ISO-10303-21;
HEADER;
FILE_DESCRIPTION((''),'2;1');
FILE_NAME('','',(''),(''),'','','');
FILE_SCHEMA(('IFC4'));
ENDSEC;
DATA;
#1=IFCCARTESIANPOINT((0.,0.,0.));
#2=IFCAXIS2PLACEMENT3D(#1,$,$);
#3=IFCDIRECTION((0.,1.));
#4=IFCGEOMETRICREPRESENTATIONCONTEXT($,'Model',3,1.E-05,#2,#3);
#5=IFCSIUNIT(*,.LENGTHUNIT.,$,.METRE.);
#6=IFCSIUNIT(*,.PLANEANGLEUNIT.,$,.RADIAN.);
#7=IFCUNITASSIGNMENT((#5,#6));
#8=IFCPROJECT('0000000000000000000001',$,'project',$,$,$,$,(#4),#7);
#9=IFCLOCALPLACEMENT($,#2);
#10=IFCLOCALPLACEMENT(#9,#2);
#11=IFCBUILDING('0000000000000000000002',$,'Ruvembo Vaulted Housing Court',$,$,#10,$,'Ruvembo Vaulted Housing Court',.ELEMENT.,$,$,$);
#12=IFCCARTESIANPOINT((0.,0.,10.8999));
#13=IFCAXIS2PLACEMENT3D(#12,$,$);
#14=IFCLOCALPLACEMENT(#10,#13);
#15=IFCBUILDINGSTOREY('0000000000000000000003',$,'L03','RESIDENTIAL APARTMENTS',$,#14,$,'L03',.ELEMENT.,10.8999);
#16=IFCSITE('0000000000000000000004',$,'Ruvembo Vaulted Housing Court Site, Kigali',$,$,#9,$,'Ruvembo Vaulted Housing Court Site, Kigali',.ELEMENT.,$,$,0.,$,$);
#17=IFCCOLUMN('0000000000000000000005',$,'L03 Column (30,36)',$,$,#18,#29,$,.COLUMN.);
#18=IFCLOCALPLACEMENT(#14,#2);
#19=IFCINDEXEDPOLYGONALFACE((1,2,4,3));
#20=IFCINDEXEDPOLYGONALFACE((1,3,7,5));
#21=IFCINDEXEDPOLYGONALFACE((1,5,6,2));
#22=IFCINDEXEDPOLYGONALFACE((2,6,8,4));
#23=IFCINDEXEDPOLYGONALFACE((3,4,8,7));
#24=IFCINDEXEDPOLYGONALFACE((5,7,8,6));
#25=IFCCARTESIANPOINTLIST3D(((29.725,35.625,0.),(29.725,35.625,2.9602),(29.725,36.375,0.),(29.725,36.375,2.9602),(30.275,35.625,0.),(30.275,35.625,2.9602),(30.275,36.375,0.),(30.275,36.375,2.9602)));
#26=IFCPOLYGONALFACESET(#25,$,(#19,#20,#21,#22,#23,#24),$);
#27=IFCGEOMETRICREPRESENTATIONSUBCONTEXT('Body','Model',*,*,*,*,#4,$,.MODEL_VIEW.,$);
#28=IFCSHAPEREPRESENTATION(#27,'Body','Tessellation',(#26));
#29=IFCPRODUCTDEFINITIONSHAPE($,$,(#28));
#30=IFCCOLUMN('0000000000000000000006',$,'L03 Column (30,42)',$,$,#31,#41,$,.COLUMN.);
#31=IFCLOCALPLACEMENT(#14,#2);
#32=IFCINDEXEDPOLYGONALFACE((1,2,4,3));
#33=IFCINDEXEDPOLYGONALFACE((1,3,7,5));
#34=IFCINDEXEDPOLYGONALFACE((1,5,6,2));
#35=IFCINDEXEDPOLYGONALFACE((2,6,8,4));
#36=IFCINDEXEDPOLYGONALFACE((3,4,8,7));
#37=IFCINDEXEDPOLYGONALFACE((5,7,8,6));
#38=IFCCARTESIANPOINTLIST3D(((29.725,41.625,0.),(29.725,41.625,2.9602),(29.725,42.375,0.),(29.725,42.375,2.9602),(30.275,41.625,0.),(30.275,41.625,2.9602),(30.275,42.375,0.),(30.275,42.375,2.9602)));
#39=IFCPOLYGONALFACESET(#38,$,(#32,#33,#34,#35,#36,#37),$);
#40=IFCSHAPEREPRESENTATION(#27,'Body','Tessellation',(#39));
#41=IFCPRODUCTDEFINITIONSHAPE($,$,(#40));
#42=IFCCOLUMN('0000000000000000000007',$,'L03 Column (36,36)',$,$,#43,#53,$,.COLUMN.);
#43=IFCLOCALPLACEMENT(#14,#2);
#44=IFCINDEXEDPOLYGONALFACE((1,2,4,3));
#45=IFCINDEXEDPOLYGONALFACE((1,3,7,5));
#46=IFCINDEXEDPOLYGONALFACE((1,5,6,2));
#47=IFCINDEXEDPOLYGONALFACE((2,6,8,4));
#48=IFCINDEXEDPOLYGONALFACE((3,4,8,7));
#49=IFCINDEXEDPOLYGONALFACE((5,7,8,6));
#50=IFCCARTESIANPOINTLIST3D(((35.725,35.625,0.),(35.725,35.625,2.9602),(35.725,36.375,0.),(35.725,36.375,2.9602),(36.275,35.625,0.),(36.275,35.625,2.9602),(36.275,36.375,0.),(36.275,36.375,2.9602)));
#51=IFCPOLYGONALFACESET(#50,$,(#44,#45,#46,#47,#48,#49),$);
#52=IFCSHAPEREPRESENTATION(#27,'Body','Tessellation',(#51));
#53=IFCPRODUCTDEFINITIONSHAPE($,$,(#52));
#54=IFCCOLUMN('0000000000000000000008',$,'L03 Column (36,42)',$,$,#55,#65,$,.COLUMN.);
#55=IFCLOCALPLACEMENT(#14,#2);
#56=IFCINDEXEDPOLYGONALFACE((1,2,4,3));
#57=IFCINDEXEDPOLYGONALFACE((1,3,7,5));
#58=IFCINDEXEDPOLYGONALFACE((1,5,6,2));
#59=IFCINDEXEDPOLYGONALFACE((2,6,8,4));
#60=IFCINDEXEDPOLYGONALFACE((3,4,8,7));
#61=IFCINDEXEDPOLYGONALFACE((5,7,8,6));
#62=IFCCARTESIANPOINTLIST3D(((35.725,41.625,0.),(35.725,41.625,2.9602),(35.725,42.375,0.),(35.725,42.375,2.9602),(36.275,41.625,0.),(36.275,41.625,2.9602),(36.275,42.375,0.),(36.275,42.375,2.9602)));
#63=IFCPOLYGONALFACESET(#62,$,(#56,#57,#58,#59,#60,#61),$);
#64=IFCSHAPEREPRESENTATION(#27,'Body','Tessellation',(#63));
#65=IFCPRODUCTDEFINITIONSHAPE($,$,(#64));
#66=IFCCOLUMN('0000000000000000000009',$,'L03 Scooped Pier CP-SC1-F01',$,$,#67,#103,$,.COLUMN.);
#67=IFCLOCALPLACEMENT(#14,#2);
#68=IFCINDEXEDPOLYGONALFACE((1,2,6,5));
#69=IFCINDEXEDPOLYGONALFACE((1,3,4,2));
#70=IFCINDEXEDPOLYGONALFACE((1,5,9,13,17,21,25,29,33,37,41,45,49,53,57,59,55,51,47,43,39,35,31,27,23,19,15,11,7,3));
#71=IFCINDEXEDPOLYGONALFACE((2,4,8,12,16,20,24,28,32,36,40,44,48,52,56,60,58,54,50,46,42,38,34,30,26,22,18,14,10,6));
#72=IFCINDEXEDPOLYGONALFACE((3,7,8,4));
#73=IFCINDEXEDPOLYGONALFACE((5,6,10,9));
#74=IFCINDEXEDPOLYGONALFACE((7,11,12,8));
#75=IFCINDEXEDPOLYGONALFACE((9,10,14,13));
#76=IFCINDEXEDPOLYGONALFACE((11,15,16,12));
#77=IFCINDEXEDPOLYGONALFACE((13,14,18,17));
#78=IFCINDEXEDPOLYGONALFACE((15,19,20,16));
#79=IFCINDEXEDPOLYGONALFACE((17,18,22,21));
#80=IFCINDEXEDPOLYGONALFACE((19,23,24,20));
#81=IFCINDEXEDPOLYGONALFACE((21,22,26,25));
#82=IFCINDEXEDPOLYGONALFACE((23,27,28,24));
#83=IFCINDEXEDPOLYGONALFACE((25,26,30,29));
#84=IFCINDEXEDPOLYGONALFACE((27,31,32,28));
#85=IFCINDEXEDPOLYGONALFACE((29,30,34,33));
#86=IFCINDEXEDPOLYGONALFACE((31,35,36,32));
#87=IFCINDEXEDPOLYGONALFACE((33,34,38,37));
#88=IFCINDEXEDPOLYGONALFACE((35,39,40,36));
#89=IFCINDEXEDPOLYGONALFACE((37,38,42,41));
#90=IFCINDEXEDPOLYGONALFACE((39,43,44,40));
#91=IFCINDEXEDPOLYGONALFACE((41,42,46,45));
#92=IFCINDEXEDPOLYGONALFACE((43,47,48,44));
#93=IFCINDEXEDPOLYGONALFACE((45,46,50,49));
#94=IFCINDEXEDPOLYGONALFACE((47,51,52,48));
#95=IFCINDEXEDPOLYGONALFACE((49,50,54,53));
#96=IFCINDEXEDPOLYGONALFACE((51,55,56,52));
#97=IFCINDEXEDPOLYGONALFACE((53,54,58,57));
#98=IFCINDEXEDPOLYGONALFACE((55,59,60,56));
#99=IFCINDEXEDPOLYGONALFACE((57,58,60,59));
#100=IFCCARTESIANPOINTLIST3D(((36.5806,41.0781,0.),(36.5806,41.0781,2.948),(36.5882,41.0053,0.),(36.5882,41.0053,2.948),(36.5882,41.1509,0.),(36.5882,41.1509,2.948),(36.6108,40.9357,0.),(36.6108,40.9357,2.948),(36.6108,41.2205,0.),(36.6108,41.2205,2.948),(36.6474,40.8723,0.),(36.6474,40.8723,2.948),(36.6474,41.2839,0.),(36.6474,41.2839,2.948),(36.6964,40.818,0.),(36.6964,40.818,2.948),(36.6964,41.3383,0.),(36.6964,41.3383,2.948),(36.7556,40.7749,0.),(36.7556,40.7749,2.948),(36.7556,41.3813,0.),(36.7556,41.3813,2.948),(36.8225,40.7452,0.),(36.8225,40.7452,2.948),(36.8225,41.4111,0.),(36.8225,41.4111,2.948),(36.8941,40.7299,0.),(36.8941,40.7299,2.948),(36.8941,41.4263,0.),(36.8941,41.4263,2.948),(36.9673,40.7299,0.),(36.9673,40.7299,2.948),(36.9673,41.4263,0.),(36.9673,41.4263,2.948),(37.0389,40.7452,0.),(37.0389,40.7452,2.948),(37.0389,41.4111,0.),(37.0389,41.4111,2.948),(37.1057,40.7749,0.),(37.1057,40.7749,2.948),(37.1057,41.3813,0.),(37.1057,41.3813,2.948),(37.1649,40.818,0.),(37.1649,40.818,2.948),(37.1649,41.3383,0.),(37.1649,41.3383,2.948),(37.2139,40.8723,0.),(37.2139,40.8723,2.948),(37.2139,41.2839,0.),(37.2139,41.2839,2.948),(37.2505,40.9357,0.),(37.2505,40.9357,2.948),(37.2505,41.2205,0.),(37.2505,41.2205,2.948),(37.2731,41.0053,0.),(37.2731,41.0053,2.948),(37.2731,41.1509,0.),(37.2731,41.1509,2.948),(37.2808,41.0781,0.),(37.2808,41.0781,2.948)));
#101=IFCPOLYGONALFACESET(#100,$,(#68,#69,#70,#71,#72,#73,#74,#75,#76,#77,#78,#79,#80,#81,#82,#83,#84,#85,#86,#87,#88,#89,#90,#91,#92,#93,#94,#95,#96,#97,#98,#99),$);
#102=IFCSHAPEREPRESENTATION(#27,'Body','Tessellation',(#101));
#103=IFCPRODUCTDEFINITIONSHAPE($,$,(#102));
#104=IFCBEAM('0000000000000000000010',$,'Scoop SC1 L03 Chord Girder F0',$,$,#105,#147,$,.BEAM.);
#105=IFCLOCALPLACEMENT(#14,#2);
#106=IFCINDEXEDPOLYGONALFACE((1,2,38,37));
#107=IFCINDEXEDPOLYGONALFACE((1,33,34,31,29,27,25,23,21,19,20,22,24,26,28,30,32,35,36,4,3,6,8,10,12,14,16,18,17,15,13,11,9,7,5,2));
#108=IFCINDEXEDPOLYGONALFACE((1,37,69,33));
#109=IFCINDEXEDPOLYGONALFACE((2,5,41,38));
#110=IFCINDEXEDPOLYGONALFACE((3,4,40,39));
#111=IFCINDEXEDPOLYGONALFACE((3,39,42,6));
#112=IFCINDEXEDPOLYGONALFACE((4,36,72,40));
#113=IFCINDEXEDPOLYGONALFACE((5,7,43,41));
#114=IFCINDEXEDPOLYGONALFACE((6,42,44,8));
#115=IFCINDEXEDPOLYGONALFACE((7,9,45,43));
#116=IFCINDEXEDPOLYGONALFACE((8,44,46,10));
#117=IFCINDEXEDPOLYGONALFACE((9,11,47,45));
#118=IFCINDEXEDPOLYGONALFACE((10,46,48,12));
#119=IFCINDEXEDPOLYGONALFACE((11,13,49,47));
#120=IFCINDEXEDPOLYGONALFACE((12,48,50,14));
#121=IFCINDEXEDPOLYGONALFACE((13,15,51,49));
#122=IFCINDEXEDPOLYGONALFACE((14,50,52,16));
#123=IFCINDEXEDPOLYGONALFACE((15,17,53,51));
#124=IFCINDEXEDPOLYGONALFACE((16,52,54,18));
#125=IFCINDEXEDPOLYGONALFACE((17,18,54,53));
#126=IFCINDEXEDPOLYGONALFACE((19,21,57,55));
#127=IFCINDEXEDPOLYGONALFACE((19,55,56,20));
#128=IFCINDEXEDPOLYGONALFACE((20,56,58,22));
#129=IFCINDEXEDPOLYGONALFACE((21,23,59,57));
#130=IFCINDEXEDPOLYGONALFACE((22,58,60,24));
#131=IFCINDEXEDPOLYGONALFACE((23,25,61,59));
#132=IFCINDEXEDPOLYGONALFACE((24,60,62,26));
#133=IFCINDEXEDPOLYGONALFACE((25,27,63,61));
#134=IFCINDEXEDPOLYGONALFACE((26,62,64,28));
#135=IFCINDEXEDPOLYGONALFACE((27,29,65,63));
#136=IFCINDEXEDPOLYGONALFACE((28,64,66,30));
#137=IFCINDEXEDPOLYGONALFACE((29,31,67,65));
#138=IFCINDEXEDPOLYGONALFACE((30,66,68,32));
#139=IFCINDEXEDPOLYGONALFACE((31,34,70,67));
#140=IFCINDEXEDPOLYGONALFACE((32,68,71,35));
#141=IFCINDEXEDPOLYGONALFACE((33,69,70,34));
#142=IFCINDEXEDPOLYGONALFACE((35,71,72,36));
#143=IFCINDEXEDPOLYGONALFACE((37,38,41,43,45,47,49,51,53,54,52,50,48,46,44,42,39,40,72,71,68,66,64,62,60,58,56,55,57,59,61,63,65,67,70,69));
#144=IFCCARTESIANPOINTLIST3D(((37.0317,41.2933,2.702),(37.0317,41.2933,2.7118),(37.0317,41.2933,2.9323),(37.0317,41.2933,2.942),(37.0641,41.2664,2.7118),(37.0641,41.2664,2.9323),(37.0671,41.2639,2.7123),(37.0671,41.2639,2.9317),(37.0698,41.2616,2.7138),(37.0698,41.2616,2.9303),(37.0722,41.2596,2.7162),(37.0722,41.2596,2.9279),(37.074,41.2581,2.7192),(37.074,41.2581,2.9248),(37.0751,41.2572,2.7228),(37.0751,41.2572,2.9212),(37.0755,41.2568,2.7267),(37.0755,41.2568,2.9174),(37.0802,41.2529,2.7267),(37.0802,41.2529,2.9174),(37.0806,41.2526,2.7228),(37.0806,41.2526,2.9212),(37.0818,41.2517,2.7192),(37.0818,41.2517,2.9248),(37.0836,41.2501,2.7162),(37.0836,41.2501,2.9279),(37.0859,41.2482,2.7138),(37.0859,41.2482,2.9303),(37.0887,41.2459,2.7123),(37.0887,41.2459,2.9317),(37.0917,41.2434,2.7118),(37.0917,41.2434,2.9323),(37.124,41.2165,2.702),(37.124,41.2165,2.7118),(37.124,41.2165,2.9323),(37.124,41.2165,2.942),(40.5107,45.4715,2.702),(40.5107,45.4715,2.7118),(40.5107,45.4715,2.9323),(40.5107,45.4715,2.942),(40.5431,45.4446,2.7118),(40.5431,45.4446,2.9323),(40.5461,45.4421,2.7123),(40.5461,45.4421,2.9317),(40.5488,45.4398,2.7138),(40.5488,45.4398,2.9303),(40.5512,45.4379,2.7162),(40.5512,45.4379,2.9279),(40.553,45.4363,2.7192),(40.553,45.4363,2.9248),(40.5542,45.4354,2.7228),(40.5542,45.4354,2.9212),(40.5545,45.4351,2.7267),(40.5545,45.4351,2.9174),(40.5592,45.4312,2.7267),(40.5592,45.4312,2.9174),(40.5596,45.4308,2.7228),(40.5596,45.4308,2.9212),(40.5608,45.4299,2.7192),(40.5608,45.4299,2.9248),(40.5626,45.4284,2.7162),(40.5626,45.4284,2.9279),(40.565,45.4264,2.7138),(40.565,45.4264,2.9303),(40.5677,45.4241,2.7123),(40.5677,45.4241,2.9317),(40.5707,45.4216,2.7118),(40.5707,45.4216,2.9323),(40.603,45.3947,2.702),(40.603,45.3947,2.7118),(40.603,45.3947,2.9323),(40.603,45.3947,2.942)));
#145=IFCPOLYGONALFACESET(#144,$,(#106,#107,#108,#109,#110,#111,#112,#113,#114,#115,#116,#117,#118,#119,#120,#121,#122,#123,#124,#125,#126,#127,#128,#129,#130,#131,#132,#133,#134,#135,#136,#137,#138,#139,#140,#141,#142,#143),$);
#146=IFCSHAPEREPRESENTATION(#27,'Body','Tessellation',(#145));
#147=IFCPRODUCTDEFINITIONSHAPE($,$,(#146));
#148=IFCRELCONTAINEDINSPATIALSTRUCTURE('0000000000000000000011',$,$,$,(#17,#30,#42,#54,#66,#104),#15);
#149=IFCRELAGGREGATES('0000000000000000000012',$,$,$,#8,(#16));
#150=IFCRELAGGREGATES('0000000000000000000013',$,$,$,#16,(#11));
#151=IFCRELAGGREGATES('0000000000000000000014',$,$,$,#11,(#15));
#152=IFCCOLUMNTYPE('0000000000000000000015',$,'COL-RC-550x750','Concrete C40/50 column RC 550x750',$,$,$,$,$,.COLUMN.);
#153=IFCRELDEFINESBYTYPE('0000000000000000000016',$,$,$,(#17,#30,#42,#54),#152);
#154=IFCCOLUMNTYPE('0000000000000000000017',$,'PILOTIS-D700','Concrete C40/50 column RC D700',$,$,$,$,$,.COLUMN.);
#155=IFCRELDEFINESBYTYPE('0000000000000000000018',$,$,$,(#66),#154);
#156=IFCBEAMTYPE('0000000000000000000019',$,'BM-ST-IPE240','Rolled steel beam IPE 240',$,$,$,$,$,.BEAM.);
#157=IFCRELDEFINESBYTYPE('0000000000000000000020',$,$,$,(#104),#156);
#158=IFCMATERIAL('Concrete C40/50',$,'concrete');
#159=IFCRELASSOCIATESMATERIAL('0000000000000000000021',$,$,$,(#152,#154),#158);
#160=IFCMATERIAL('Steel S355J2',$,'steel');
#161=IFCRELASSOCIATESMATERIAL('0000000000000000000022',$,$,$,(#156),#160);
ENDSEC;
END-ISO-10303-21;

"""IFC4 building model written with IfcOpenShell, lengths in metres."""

from ifc_helpers import new_model, si_unit, direction, frame, origin, origin_2d, place, context, subcontext, project, spatial, rectangle, circle, i_section, extrude, material, material_profile, profile_set, type_object, element, save


model = new_model("IFC4")

# Units and contexts
model_context = context("Model", 3, precision=1e-05, world=origin(), true_north=direction((0.0, 1.0)))
body_context = subcontext(model_context, "Body", "Model", "MODEL_VIEW")
ifc_project = project(units=[si_unit("LENGTHUNIT", "METRE"), si_unit("PLANEANGLEUNIT", "RADIAN")], contexts=[model_context])

# Site, building, storey
site_placement = place(None, origin())
site = spatial("IfcSite", under=ifc_project, at=site_placement, Name="Ruvembo Vaulted Housing Court Site, Kigali", LongName="Ruvembo Vaulted Housing Court Site, Kigali", CompositionType="ELEMENT", RefElevation=0.0)
building_placement = place(site_placement, origin())
building = spatial("IfcBuilding", under=site, at=building_placement, Name="Ruvembo Vaulted Housing Court", LongName="Ruvembo Vaulted Housing Court", CompositionType="ELEMENT")
storey_placement = place(building_placement, frame((0.0, 0.0, 10.8999)))
storey = spatial("IfcBuildingStorey", under=building, at=storey_placement, Name="L03", Description="RESIDENTIAL APARTMENTS", LongName="L03", CompositionType="ELEMENT", Elevation=10.8999)

# Columns
ifc_material_1 = material(Name="Concrete C40/50", Category="concrete")
ifc_material_profile_1 = material_profile(ifc_material_1, rectangle(XDim=0.55, YDim=0.75, at=origin_2d()), Name="RC 550x750")
ifc_profile_set_1 = profile_set([ifc_material_profile_1], Name="Concrete C40/50")
column_type_1 = type_object("IfcColumnType", Name="COL-RC-550x750", Description="Concrete C40/50 column RC 550x750", PredefinedType="COLUMN", material=ifc_profile_set_1)
for number, where, z_axis, x_axis, name in (
    (1, (30.0, 36.0, 0.0), (0.0, 0.0, 1.0), (1.0, 0.0, 0.0), "L03 Column (30,36)"),
    (2, (30.0, 42.0, 0.0), (0.0, 0.0, 1.0), (1.0, 0.0, 0.0), "L03 Column (30,42)"),
    (3, (36.0, 36.0, 0.0), (0.0, 0.0, 1.0), (1.0, 0.0, 0.0), "L03 Column (36,36)"),
    (4, (36.0, 42.0, 0.0), (0.0, 0.0, 1.0), (1.0, 0.0, 0.0), "L03 Column (36,42)"),
):
    element("IfcColumn", number, at=place(storey_placement, frame(where, z_axis=z_axis, x_axis=x_axis)), inside=storey, type_object=column_type_1, Name=name, PredefinedType="COLUMN", context=body_context, shape_type="SweptSolid", body=[
        extrude(rectangle(XDim=0.55, YDim=0.75, at=origin_2d()), origin(), (0.0, 0.0, 1.0), 2.9602),
    ])
ifc_material_profile_2 = material_profile(ifc_material_1, circle(Radius=0.3501, at=origin_2d()), Name="RC D700")
ifc_profile_set_2 = profile_set([ifc_material_profile_2], Name="Concrete C40/50")
column_type_2 = type_object("IfcColumnType", Name="PILOTIS-D700", Description="Concrete C40/50 column RC D700", PredefinedType="COLUMN", material=ifc_profile_set_2)
column_placement = place(storey_placement, frame((36.9307, 41.0781, 0.0), z_axis=(0.0, 0.0, 1.0), x_axis=(1.0, 0.0, 0.0)))
element("IfcColumn", 5, at=column_placement, inside=storey, type_object=column_type_2, Name="L03 Scooped Pier CP-SC1-F01", PredefinedType="COLUMN", context=body_context, shape_type="SweptSolid", body=[
    extrude(circle(Radius=0.3501, at=origin_2d()), origin(), (0.0, 0.0, 1.0), 2.948),
])

# Beam
ifc_material_2 = material(Name="Steel S355J2", Category="steel")
ifc_material_profile_3 = material_profile(ifc_material_2, i_section(OverallWidth=0.1201, OverallDepth=0.24, WebThickness=0.0061, FlangeThickness=0.0098, FilletRadius=0.0149, at=origin_2d()), Name="IPE 240")
ifc_profile_set_3 = profile_set([ifc_material_profile_3], Name="Steel S355J2")
beam_type_1 = type_object("IfcBeamType", Name="BM-ST-IPE240", Description="Rolled steel beam IPE 240", PredefinedType="BEAM", material=ifc_profile_set_3)
beam_1_placement = place(storey_placement, frame((37.0779, 41.2549, 2.822), z_axis=(0.639875, 0.768479, 0.0), x_axis=(-0.768479, 0.639875, 0.0)))
element("IfcBeam", 6, at=beam_1_placement, inside=storey, type_object=beam_type_1, Name="Scoop SC1 L03 Chord Girder F0", PredefinedType="BEAM", context=body_context, shape_type="SweptSolid", body=[
    extrude(i_section(OverallWidth=0.1201, OverallDepth=0.24, WebThickness=0.0061, FlangeThickness=0.0098, FilletRadius=0.0149, at=origin_2d()), origin(), (0.0, 0.0, 1.0), 5.437),
])

save(model, "model.ifc")
